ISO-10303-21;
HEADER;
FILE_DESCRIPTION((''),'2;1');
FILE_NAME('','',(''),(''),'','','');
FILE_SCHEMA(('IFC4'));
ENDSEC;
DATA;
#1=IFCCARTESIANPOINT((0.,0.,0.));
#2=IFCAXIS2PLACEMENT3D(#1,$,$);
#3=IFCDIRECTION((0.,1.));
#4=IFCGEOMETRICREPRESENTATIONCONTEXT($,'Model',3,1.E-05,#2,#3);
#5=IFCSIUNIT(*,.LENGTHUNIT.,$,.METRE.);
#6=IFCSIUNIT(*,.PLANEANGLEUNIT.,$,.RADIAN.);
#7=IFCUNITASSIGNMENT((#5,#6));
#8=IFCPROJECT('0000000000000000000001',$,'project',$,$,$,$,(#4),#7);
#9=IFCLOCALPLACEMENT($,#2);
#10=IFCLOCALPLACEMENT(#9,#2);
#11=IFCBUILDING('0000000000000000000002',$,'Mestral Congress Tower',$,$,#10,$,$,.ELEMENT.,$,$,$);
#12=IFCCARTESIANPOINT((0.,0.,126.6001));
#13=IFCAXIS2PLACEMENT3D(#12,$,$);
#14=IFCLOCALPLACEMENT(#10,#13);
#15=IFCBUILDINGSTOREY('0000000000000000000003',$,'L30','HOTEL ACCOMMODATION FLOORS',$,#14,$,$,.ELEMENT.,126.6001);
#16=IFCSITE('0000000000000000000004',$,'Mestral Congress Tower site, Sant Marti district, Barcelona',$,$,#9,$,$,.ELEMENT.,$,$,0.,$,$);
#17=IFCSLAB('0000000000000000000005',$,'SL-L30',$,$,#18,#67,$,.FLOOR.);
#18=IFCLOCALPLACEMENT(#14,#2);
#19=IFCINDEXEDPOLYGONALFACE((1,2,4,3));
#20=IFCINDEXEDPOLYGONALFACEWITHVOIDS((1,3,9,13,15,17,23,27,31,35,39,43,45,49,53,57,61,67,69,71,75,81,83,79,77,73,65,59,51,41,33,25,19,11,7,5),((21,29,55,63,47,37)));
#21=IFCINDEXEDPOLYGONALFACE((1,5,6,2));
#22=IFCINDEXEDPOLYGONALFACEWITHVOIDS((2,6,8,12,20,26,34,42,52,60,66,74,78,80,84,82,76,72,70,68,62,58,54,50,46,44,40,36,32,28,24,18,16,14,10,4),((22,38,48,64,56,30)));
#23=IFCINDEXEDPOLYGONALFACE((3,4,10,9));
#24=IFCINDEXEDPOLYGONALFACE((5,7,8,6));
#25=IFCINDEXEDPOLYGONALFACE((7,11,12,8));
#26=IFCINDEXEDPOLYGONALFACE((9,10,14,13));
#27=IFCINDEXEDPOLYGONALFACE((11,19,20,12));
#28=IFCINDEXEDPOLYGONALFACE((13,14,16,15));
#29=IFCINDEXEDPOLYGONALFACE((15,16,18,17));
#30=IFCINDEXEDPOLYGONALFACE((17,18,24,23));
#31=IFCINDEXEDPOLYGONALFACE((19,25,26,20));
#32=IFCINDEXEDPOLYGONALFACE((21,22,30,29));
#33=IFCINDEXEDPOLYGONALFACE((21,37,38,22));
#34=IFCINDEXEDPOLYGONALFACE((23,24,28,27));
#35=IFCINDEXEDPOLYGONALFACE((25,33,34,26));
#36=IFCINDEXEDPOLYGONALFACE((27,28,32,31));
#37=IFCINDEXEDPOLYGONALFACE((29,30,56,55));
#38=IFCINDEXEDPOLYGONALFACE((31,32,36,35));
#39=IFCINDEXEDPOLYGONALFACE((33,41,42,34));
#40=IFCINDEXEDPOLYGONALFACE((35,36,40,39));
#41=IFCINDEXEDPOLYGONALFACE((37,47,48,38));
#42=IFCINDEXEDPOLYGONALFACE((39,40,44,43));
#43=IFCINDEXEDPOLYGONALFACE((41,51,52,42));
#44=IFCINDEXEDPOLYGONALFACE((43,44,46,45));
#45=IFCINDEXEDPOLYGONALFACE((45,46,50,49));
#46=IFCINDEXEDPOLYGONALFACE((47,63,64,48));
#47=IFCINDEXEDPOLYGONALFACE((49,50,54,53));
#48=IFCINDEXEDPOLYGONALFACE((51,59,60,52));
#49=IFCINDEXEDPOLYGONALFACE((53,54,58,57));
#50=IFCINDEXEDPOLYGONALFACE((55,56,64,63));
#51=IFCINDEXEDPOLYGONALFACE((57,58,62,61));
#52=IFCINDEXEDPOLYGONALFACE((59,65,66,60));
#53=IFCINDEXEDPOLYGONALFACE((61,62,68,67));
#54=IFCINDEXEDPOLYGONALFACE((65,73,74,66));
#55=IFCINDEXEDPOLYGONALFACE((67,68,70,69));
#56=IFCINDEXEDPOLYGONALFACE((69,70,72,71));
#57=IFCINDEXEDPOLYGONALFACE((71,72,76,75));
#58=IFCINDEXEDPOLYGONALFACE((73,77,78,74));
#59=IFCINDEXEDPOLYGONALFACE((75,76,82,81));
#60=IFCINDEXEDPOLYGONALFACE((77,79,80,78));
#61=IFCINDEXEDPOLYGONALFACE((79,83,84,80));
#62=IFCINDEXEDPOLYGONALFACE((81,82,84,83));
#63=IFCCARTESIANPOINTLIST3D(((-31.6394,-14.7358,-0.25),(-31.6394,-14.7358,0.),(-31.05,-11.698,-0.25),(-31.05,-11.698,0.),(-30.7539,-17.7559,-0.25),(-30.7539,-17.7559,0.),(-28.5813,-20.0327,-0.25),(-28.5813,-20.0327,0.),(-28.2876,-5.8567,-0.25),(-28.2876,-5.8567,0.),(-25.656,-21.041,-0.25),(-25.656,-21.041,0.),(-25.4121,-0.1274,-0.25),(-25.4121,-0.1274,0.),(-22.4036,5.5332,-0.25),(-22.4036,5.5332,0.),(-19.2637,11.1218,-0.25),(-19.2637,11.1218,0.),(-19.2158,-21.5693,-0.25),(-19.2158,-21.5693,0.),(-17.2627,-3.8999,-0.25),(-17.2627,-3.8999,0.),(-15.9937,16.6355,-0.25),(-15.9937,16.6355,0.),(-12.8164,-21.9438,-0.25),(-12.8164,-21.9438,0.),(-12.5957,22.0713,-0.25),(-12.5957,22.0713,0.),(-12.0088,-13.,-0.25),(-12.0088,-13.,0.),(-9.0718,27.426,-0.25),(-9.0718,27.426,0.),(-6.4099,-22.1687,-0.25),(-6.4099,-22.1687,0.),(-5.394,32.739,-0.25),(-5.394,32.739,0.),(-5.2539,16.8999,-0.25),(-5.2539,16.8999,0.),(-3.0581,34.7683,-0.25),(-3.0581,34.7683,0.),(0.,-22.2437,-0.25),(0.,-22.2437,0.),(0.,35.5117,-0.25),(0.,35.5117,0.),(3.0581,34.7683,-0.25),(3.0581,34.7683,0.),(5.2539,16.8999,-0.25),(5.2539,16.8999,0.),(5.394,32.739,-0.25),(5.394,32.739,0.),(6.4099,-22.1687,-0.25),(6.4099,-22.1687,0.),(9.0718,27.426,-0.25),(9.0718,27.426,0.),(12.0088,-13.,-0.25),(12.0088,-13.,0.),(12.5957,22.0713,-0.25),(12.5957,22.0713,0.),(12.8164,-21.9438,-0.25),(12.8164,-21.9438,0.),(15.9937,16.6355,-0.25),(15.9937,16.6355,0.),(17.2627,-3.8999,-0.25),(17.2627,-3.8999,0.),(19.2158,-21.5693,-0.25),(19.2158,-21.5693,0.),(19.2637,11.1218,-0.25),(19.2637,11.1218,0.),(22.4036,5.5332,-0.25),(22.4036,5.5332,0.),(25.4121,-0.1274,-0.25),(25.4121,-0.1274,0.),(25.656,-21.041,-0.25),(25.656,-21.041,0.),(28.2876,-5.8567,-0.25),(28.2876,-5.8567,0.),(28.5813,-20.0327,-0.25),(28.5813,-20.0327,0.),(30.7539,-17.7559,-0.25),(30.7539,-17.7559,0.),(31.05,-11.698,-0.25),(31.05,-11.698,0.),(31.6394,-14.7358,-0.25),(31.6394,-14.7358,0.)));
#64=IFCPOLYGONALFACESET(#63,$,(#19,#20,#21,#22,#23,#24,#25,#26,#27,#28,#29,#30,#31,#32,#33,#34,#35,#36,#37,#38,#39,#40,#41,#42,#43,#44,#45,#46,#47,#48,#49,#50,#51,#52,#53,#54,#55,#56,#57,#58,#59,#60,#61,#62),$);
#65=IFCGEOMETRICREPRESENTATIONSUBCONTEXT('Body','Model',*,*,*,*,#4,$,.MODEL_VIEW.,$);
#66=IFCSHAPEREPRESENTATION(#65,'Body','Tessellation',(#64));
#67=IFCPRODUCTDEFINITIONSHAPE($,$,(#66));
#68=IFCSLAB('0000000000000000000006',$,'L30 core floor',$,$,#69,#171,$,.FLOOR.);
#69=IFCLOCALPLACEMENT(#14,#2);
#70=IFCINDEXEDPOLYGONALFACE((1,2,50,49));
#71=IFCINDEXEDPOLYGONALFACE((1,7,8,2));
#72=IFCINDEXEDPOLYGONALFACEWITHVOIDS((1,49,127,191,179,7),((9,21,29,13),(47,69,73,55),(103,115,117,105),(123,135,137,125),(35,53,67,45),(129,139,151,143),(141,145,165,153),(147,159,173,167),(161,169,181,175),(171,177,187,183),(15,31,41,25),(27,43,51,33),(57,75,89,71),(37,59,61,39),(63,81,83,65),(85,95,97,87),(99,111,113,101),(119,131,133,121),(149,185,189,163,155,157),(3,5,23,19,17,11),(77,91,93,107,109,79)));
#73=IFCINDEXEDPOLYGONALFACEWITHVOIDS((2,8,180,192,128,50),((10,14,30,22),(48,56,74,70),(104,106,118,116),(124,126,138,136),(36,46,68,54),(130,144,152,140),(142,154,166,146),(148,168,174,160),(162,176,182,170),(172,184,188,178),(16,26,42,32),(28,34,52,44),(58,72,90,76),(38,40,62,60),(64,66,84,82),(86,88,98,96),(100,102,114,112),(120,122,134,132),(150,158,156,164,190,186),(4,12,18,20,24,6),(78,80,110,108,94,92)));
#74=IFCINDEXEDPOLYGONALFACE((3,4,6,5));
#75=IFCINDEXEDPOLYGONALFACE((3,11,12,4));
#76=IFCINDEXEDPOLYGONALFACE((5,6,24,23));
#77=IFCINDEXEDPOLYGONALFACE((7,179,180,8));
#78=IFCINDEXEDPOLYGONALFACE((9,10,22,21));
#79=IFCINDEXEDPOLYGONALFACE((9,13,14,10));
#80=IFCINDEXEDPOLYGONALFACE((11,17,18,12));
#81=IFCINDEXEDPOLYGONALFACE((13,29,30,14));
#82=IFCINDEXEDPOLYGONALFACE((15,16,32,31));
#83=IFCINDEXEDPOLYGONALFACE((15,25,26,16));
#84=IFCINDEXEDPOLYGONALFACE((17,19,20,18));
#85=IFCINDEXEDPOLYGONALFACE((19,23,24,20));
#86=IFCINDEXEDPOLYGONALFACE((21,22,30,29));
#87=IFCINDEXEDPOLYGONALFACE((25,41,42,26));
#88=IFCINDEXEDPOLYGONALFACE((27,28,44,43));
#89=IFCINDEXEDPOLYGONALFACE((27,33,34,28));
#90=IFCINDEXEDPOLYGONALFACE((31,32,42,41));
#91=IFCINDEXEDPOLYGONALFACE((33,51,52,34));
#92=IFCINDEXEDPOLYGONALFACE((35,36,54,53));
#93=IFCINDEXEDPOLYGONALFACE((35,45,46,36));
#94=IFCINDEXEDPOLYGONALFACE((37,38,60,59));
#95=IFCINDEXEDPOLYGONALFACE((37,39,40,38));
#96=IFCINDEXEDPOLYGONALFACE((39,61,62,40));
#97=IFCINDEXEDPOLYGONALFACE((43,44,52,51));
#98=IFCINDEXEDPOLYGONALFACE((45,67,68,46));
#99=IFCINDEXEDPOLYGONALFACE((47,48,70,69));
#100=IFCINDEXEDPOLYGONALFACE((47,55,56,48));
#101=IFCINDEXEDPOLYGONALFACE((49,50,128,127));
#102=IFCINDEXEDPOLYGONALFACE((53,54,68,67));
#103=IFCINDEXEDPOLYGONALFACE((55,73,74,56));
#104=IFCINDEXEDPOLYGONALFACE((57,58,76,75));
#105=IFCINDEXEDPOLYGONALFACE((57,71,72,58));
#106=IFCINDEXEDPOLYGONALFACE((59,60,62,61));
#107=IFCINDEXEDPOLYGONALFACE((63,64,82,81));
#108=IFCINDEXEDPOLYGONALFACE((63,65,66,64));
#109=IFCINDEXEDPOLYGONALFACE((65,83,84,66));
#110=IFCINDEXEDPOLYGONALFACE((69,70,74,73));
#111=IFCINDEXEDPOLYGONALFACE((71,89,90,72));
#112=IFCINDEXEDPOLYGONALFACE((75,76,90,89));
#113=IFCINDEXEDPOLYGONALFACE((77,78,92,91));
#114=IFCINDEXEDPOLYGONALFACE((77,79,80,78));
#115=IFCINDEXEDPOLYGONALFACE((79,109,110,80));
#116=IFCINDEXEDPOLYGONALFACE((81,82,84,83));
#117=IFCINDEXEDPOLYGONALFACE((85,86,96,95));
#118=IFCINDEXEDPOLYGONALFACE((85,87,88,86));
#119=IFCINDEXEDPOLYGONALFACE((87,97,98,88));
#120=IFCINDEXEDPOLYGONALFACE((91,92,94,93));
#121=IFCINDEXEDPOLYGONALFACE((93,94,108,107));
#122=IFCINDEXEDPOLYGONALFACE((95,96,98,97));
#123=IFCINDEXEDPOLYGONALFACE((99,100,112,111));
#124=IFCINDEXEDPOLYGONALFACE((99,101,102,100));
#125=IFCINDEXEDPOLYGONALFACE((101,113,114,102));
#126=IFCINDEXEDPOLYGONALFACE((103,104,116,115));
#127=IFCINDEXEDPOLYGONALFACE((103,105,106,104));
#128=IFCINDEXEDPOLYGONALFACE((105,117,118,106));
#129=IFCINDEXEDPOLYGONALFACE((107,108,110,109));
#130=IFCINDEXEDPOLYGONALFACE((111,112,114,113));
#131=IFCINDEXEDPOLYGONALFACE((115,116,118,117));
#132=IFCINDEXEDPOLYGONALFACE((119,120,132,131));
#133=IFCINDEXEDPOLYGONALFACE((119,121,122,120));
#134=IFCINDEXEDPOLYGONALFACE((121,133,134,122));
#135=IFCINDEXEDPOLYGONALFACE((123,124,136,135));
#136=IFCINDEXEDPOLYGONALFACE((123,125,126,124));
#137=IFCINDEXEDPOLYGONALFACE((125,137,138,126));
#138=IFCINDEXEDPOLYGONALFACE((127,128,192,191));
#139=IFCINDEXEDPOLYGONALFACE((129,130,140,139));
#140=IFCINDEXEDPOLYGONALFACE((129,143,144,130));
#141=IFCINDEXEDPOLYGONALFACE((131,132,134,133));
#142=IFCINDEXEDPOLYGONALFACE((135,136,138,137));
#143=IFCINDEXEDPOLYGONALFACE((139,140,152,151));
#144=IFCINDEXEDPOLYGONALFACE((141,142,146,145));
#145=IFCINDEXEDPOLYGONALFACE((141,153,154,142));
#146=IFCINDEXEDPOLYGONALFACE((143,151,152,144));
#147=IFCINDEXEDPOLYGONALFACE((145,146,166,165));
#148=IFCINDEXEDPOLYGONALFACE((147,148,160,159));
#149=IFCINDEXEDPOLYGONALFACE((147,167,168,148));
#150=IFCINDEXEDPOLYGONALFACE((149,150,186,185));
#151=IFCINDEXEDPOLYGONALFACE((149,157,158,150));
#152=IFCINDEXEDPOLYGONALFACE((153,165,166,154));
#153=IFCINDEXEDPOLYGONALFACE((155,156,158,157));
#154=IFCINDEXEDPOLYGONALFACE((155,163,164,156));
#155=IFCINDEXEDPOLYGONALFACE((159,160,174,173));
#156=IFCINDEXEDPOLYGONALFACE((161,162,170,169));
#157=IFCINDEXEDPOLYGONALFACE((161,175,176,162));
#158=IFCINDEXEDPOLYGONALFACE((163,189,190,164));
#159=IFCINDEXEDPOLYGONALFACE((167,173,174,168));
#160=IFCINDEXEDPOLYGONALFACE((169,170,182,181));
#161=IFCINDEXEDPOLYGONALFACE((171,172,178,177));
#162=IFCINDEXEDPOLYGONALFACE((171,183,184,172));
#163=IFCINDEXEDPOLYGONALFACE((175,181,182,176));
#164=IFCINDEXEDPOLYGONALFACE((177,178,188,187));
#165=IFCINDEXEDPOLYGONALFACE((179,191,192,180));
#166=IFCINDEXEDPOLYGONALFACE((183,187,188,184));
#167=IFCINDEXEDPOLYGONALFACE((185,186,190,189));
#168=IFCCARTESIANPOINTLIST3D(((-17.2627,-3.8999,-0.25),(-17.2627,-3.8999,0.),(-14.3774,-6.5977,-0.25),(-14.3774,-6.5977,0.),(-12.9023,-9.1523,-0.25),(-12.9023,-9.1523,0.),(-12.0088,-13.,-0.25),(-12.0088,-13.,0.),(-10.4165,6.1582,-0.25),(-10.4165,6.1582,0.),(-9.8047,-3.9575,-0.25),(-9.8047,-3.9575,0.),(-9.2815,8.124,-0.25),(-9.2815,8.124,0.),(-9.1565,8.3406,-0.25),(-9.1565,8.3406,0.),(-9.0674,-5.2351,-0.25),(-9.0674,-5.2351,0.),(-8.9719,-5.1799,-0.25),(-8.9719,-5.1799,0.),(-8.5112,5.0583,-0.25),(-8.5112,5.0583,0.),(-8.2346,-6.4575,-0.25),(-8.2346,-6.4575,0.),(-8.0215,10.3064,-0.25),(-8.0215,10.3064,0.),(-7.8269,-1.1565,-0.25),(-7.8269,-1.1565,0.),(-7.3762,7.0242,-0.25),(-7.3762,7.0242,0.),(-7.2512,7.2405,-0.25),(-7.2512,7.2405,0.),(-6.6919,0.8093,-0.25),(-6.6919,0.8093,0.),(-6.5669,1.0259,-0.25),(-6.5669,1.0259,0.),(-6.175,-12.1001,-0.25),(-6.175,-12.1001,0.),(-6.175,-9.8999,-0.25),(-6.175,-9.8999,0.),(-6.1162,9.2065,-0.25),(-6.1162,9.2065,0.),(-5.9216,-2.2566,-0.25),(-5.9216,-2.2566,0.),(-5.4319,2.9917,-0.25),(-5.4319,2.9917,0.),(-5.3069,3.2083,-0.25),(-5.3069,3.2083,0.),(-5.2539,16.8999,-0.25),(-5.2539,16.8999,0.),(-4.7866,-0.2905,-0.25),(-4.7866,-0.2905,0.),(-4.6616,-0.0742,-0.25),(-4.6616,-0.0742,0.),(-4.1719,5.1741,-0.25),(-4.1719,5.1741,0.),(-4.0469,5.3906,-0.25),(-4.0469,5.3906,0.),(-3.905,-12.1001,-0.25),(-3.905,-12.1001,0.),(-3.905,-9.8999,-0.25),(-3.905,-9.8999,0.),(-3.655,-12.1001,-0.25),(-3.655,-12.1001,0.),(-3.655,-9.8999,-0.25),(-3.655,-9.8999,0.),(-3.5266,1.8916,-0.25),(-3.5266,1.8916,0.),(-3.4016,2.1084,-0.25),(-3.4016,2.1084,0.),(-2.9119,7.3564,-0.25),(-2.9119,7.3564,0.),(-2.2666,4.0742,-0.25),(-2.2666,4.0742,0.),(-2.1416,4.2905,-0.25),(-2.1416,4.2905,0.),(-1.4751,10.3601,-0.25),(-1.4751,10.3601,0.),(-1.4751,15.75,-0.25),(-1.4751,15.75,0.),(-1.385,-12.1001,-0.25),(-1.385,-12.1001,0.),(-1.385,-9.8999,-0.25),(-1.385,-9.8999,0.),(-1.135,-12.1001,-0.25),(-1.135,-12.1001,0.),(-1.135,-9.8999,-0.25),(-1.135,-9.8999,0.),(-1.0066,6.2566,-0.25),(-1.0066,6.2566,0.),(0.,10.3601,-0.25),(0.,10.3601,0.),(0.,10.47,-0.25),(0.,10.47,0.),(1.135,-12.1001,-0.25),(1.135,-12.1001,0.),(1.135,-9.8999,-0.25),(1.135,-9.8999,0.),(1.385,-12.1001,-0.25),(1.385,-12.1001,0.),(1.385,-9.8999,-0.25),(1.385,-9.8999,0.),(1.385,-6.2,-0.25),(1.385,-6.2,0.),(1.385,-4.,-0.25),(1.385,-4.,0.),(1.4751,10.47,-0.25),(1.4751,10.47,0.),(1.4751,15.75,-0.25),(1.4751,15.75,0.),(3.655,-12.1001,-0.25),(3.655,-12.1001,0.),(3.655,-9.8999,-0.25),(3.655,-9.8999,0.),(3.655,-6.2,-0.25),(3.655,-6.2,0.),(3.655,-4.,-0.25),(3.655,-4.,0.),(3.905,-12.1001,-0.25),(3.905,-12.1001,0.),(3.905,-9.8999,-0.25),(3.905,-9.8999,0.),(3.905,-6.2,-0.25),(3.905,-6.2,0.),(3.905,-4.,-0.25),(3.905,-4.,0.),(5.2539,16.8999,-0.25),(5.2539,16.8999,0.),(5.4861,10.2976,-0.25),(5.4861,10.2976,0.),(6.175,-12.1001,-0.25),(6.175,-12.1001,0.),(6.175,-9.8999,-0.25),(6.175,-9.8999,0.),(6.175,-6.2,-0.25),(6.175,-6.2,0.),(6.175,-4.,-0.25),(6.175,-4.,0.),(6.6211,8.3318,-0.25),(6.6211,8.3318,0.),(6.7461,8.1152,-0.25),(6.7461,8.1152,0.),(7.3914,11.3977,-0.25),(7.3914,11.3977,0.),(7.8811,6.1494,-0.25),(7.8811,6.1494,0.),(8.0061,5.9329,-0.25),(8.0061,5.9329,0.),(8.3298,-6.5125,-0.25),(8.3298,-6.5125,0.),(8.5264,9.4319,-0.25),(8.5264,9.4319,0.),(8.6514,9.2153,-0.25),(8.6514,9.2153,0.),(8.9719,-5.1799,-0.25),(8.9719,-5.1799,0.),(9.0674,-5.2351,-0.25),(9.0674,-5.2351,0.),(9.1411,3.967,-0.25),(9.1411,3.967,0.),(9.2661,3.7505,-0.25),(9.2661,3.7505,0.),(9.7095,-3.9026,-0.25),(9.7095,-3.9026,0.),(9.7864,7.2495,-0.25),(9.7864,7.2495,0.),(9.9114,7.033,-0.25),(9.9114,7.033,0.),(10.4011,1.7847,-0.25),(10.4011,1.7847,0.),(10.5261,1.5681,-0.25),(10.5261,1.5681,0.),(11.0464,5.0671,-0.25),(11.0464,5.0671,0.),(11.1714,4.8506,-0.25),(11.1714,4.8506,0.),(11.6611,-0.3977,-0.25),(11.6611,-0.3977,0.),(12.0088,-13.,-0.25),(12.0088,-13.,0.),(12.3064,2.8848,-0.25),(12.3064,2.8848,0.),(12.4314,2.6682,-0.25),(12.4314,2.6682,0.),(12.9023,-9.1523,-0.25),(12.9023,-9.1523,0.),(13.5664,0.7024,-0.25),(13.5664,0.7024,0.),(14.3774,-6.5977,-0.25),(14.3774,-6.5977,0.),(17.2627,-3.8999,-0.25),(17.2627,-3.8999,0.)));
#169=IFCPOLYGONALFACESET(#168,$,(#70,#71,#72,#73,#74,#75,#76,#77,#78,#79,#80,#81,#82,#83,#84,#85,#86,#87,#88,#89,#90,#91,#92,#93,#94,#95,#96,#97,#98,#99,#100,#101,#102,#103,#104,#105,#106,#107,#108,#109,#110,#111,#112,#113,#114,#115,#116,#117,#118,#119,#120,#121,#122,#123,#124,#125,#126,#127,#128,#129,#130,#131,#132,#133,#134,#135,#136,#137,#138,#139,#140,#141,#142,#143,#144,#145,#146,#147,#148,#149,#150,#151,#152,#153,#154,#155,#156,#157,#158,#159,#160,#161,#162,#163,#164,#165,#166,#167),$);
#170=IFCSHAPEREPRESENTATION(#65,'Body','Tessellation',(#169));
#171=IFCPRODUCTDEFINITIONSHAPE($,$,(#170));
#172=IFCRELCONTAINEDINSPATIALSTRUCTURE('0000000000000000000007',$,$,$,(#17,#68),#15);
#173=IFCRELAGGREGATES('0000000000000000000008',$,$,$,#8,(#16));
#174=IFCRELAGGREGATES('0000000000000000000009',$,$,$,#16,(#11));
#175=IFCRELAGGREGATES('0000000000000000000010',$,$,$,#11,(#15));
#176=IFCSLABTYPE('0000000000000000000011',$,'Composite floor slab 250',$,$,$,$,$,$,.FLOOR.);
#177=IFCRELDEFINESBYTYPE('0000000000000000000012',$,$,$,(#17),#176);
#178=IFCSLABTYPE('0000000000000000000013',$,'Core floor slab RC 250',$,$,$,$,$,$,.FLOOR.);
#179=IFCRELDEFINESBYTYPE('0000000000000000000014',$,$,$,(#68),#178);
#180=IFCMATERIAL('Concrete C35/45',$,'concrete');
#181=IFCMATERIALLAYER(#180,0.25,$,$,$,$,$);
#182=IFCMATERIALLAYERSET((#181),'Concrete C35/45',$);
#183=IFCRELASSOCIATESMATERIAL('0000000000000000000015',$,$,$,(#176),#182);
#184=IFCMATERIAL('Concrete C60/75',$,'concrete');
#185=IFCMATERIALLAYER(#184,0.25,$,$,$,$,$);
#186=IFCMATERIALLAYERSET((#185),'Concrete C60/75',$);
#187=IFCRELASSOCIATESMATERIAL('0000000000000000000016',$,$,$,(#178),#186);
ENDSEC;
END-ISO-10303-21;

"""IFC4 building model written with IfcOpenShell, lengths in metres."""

from ifc_helpers import new_model, si_unit, direction, frame, origin, place, context, subcontext, project, spatial, polyline, outline, extrude, material, layer, layer_set, type_object, element, save


model = new_model("IFC4")

# Units and contexts
model_context = context("Model", 3, precision=1e-05, world=origin(), true_north=direction((0.0, 1.0)))
body_context = subcontext(model_context, "Body", "Model", "MODEL_VIEW")
ifc_project = project(units=[si_unit("LENGTHUNIT", "METRE"), si_unit("PLANEANGLEUNIT", "RADIAN")], contexts=[model_context])

# Site, building, storey
site_placement = place(None, origin())
site = spatial("IfcSite", under=ifc_project, at=site_placement, Name="Mestral Congress Tower site, Sant Marti district, Barcelona", CompositionType="ELEMENT", RefElevation=0.0)
building_placement = place(site_placement, origin())
building = spatial("IfcBuilding", under=site, at=building_placement, Name="Mestral Congress Tower", CompositionType="ELEMENT")
storey_placement = place(building_placement, frame((0.0, 0.0, 126.6001)))
storey = spatial("IfcBuildingStorey", under=building, at=storey_placement, Name="L30", Description="HOTEL ACCOMMODATION FLOORS", CompositionType="ELEMENT", Elevation=126.6001)

# Slabs
ifc_material_1 = material(Name="Concrete C35/45", Category="concrete")
ifc_layer_1 = layer(ifc_material_1, 0.25)
ifc_layer_set_1 = layer_set([ifc_layer_1], Name="Concrete C35/45")
slab_type_1 = type_object("IfcSlabType", Name="Composite floor slab 250", PredefinedType="FLOOR", material=ifc_layer_set_1)
placement_1 = place(storey_placement, frame((0.0, 0.0, -0.25)))
element("IfcSlab", 1, at=placement_1, inside=storey, type_object=slab_type_1, Name="SL-L30", PredefinedType="FLOOR", context=body_context, shape_type="SweptSolid", body=[
    extrude(outline(polyline([(-25.656, -21.041), (-28.5813, -20.0327), (-30.7539, -17.7559), (-31.6394, -14.7358), (-31.05, -11.698), (-28.2876, -5.8567), (-25.4121, -0.1274), (-22.4036, 5.5332), (-19.2637, 11.1218), (-15.9937, 16.6355), (-12.5957, 22.0713), (-9.0718, 27.426), (-5.394, 32.739), (-3.0581, 34.7683), (0.0, 35.5117), (3.0581, 34.7683), (5.394, 32.739), (9.0718, 27.426), (12.5957, 22.0713), (15.9937, 16.6355), (19.2637, 11.1218), (22.4036, 5.5332), (25.4121, -0.1274), (28.2876, -5.8567), (31.05, -11.698), (31.6394, -14.7358), (30.7539, -17.7559), (28.5813, -20.0327), (25.656, -21.041), (19.2158, -21.5693), (12.8164, -21.9438), (6.4099, -22.1687), (0.0, -22.2437), (-6.4099, -22.1687), (-12.8164, -21.9438), (-19.2158, -21.5693), (-25.656, -21.041)]), holes=[polyline([(-5.2539, 16.8999), (-17.2627, -3.8999), (-12.0088, -13.0), (12.0088, -13.0), (17.2627, -3.8999), (5.2539, 16.8999), (-5.2539, 16.8999)])]), origin(), (0.0, 0.0, 1.0), 0.25),
])
ifc_material_2 = material(Name="Concrete C60/75", Category="concrete")
ifc_layer_2 = layer(ifc_material_2, 0.25)
ifc_layer_set_2 = layer_set([ifc_layer_2], Name="Concrete C60/75")
slab_type_2 = type_object("IfcSlabType", Name="Core floor slab RC 250", PredefinedType="FLOOR", material=ifc_layer_set_2)
element("IfcSlab", 2, at=placement_1, inside=storey, type_object=slab_type_2, Name="L30 core floor", PredefinedType="FLOOR", context=body_context, shape_type="SweptSolid", body=[
    extrude(outline(polyline([(12.0088, -13.0), (-12.0088, -13.0), (-17.2627, -3.8999), (-5.2539, 16.8999), (5.2539, 16.8999), (17.2627, -3.8999), (12.0088, -13.0)]), holes=[polyline([(-3.905, -9.8999), (-6.175, -9.8999), (-6.175, -12.1001), (-3.905, -12.1001), (-3.905, -9.8999)]), polyline([(-1.385, -9.8999), (-3.655, -9.8999), (-3.655, -12.1001), (-1.385, -12.1001), (-1.385, -9.8999)]), polyline([(1.135, -9.8999), (-1.135, -9.8999), (-1.135, -12.1001), (1.135, -12.1001), (1.135, -9.8999)]), polyline([(-9.0674, -5.2351), (-9.8047, -3.9575), (-14.3774, -6.5977), (-12.9023, -9.1523), (-8.2346, -6.4575), (-8.9719, -5.1799), (-9.0674, -5.2351)]), polyline([(-7.8269, -1.1565), (-5.9216, -2.2566), (-4.7866, -0.2905), (-6.6919, 0.8093), (-7.8269, -1.1565)]), polyline([(-4.6616, -0.0742), (-3.5266, 1.8916), (-5.4319, 2.9917), (-6.5669, 1.0259), (-4.6616, -0.0742)]), polyline([(-3.4016, 2.1084), (-2.2666, 4.0742), (-4.1719, 5.1741), (-5.3069, 3.2083), (-3.4016, 2.1084)]), polyline([(-2.1416, 4.2905), (-1.0066, 6.2566), (-2.9119, 7.3564), (-4.0469, 5.3906), (-2.1416, 4.2905)]), polyline([(-10.4165, 6.1582), (-8.5112, 5.0583), (-7.3762, 7.0242), (-9.2815, 8.124), (-10.4165, 6.1582)]), polyline([(-9.1565, 8.3406), (-7.2512, 7.2405), (-6.1162, 9.2065), (-8.0215, 10.3064), (-9.1565, 8.3406)]), polyline([(1.4751, 10.47), (1.4751, 15.75), (-1.4751, 15.75), (-1.4751, 10.3601), (0.0, 10.3601), (0.0, 10.47), (1.4751, 10.47)]), polyline([(3.655, -9.8999), (1.385, -9.8999), (1.385, -12.1001), (3.655, -12.1001), (3.655, -9.8999)]), polyline([(6.175, -9.8999), (3.905, -9.8999), (3.905, -12.1001), (6.175, -12.1001), (6.175, -9.8999)]), polyline([(9.0674, -5.2351), (8.3298, -6.5125), (12.9023, -9.1523), (14.3774, -6.5977), (9.7095, -3.9026), (8.9719, -5.1799), (9.0674, -5.2351)]), polyline([(3.655, -6.2), (3.655, -4.0), (1.385, -4.0), (1.385, -6.2), (3.655, -6.2)]), polyline([(6.175, -4.0), (3.905, -4.0), (3.905, -6.2), (6.175, -6.2), (6.175, -4.0)]), polyline([(12.4314, 2.6682), (10.5261, 1.5681), (11.6611, -0.3977), (13.5664, 0.7024), (12.4314, 2.6682)]), polyline([(11.1714, 4.8506), (9.2661, 3.7505), (10.4011, 1.7847), (12.3064, 2.8848), (11.1714, 4.8506)]), polyline([(8.0061, 5.9329), (9.1411, 3.967), (11.0464, 5.0671), (9.9114, 7.033), (8.0061, 5.9329)]), polyline([(8.6514, 9.2153), (6.7461, 8.1152), (7.8811, 6.1494), (9.7864, 7.2495), (8.6514, 9.2153)]), polyline([(7.3914, 11.3977), (5.4861, 10.2976), (6.6211, 8.3318), (8.5264, 9.4319), (7.3914, 11.3977)])]), origin(), (0.0, 0.0, 1.0), 0.25),
])

save(model, "model.ifc")
